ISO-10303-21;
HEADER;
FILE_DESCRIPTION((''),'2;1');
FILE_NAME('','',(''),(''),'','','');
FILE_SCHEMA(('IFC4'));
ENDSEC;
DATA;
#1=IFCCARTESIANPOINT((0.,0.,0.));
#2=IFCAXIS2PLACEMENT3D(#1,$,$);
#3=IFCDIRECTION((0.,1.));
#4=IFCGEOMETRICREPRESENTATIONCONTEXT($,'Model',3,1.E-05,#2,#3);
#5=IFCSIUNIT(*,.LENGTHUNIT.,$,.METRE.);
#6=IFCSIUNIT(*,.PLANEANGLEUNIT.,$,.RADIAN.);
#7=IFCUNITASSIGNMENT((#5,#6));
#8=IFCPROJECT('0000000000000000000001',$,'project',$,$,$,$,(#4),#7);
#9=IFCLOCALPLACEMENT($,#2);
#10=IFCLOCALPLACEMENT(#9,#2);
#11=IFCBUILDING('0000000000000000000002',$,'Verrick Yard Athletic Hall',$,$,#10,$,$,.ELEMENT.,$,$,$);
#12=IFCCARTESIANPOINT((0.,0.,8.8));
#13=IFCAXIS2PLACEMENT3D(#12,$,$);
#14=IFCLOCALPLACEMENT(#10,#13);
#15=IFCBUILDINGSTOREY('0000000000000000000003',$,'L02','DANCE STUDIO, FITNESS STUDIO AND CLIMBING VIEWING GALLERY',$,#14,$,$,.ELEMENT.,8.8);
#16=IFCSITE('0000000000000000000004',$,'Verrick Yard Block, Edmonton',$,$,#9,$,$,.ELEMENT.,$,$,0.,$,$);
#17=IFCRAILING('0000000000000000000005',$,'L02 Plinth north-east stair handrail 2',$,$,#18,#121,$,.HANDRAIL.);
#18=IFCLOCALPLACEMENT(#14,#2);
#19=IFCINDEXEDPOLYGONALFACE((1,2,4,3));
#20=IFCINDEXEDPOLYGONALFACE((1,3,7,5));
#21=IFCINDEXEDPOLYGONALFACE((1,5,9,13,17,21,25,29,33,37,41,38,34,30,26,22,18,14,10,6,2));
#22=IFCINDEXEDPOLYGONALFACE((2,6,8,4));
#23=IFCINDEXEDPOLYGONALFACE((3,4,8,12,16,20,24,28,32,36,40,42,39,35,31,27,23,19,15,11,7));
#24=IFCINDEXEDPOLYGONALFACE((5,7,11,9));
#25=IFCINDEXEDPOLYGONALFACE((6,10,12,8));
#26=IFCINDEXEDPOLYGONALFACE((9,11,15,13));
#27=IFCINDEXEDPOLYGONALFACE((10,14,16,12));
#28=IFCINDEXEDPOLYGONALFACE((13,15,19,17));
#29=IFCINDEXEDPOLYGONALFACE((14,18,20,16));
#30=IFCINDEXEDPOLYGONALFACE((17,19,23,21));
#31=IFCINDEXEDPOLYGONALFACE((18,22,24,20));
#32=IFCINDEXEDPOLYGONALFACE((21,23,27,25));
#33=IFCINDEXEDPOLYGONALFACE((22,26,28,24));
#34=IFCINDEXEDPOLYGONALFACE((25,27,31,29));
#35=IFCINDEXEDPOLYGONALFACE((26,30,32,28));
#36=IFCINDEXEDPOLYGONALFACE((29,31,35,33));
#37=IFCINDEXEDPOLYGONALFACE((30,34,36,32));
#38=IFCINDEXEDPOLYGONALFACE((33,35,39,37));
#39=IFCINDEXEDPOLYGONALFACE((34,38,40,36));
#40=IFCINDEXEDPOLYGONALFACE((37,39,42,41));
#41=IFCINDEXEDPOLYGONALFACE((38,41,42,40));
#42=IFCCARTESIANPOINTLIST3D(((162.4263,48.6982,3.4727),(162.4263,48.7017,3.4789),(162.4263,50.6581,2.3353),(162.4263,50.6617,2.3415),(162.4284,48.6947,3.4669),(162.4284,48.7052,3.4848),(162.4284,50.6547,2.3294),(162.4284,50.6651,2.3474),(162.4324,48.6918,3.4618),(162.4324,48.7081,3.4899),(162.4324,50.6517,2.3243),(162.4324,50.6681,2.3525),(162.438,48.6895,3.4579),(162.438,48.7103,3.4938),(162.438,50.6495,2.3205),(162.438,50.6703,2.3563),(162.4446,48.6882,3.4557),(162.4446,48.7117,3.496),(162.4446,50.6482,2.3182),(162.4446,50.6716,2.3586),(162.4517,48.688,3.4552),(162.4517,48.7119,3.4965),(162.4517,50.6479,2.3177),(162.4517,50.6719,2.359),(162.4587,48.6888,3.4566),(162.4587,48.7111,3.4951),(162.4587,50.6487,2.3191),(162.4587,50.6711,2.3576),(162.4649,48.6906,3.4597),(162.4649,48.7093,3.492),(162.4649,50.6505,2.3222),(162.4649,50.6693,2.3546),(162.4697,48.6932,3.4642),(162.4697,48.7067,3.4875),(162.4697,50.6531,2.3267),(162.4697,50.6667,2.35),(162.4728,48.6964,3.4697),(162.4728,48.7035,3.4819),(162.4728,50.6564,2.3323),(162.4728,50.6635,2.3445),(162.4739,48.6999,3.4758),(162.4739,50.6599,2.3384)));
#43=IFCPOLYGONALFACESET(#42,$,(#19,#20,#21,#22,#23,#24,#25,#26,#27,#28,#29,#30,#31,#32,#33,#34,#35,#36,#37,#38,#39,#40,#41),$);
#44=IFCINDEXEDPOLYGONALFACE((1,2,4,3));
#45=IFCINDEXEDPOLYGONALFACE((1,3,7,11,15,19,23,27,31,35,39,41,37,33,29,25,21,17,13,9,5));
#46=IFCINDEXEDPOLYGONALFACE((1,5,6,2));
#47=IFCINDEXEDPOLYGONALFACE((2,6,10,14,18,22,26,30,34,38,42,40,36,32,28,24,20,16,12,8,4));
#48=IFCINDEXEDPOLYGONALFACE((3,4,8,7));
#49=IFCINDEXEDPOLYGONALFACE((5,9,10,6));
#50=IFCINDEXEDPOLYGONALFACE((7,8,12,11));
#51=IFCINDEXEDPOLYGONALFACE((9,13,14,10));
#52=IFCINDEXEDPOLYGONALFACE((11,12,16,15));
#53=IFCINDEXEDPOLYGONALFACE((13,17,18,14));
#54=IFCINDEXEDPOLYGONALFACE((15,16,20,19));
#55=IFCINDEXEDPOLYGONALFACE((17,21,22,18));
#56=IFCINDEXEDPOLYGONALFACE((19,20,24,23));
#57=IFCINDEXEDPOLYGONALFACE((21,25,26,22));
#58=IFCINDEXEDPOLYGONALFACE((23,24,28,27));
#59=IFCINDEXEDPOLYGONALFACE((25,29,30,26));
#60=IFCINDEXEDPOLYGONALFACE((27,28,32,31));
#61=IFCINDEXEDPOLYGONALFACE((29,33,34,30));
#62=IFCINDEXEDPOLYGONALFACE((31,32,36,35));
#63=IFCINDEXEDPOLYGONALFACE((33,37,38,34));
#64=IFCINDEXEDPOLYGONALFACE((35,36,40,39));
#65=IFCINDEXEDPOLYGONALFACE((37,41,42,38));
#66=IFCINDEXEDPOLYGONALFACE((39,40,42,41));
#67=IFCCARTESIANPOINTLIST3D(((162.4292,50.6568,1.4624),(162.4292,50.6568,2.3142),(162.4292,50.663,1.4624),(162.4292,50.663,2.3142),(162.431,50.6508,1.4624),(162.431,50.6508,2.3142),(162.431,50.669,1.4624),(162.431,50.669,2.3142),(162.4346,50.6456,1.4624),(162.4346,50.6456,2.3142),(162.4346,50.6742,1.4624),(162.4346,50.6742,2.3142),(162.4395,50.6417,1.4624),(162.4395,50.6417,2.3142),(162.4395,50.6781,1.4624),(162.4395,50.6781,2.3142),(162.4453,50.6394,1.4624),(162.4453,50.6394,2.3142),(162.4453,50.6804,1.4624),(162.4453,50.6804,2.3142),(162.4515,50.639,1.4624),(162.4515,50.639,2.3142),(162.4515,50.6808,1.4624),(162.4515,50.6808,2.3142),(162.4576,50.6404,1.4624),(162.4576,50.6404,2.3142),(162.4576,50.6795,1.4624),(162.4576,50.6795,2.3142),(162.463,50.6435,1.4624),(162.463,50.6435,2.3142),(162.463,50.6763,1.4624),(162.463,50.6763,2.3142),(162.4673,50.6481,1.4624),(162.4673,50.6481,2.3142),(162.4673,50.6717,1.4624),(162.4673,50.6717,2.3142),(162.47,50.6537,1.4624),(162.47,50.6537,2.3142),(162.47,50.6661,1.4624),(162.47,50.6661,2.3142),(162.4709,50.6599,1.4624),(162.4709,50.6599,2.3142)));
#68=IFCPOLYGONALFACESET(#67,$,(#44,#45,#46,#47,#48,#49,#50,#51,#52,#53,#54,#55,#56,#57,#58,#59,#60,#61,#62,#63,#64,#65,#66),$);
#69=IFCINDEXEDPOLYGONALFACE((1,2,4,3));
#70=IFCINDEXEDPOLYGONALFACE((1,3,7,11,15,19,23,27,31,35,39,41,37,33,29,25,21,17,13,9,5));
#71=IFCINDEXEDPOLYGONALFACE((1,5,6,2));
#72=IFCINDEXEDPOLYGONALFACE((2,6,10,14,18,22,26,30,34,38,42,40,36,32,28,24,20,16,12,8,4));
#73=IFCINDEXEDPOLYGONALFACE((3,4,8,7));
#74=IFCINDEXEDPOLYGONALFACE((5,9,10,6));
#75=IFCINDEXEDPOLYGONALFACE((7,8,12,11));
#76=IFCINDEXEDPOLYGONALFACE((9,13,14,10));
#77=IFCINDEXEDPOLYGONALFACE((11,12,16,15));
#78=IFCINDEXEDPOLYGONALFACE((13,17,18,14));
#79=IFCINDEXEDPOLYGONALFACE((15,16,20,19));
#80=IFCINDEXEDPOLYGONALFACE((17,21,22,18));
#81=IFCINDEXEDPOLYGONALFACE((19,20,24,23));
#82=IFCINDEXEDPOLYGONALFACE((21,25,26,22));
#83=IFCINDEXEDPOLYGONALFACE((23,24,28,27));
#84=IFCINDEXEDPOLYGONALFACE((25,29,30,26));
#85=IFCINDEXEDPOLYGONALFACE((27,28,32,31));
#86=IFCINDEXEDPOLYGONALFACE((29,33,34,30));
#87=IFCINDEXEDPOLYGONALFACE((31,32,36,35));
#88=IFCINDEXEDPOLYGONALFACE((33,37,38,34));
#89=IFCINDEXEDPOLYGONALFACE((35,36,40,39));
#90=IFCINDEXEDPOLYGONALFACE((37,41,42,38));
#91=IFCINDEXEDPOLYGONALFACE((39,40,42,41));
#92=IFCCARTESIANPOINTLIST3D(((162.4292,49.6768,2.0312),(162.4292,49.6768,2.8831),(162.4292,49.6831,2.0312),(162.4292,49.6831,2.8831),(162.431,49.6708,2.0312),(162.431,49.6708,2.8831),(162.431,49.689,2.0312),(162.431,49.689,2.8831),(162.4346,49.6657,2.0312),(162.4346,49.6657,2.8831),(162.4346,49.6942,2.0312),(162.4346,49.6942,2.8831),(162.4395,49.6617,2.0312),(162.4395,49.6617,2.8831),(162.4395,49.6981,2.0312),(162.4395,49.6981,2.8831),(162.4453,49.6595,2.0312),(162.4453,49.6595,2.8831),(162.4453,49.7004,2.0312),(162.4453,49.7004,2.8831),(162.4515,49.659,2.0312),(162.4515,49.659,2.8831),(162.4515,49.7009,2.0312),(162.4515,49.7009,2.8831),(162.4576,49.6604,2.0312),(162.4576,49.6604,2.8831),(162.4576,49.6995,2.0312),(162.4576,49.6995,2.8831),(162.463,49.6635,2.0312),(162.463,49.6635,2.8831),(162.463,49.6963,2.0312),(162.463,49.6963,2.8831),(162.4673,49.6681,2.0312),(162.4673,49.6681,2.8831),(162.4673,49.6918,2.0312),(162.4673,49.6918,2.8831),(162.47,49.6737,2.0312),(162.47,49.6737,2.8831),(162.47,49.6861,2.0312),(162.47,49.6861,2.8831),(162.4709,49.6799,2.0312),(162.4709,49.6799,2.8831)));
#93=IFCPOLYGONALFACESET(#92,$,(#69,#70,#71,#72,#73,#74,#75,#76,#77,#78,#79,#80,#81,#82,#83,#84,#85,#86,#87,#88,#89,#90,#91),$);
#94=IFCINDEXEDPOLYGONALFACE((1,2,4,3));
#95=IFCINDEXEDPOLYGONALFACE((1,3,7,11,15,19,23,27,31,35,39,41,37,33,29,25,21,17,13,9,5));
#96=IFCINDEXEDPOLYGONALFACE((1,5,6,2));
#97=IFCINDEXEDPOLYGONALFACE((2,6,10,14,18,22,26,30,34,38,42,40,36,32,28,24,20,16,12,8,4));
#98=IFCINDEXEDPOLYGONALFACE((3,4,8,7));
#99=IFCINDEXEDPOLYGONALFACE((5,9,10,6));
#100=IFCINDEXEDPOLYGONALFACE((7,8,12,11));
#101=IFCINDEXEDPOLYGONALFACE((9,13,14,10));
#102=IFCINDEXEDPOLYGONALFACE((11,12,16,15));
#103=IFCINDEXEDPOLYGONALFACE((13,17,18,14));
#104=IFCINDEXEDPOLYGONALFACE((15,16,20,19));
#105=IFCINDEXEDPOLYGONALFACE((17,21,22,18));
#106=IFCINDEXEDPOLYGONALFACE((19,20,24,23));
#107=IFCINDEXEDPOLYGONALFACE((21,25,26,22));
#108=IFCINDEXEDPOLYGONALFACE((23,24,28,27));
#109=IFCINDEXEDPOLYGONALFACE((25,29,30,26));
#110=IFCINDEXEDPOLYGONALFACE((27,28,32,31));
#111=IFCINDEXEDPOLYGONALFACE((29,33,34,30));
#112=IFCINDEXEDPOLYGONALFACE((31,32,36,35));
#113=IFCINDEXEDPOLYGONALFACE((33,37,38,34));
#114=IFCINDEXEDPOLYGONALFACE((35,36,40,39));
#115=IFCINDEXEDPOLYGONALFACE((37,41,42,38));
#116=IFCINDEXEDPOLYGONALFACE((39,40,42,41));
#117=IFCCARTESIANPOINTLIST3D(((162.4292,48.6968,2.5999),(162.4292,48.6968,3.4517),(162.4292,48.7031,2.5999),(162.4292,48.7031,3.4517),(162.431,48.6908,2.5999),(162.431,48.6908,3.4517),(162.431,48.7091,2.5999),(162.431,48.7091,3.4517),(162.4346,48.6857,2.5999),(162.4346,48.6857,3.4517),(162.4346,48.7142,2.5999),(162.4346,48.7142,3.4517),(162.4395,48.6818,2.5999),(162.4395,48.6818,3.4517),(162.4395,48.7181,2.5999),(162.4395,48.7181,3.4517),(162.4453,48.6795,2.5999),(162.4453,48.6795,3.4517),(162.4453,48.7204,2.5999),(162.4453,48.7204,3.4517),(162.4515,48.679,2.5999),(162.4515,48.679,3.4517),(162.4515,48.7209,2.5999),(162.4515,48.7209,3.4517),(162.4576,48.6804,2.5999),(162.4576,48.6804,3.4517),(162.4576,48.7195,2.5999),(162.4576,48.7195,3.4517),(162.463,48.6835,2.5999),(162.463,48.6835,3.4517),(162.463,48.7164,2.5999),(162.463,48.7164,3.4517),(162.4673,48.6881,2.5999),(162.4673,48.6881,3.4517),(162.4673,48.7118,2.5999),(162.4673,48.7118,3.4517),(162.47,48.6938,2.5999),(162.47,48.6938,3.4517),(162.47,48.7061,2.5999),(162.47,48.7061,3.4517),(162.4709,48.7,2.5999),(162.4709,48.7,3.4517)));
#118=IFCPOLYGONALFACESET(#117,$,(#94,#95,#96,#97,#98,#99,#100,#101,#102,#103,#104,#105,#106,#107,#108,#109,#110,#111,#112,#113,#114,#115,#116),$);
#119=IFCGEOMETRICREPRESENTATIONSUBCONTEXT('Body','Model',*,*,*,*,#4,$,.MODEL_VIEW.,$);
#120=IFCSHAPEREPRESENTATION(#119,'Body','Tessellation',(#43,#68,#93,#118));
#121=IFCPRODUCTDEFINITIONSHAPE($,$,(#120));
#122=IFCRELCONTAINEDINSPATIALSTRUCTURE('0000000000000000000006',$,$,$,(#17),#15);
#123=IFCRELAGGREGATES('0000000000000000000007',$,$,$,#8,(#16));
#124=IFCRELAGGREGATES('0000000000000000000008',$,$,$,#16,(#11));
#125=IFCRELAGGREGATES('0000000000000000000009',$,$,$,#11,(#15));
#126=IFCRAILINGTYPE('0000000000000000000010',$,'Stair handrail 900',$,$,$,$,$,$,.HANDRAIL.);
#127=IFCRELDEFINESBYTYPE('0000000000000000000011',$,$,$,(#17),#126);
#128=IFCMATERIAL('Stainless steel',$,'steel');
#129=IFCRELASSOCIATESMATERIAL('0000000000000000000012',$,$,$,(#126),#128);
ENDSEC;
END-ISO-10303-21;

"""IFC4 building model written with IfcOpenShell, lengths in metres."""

from ifc_helpers import new_model, si_unit, direction, frame, origin, origin_2d, place, context, subcontext, project, spatial, circle, extrude, material, type_object, element, save


model = new_model("IFC4")

# Units and contexts
model_context = context("Model", 3, precision=1e-05, world=origin(), true_north=direction((0.0, 1.0)))
body_context = subcontext(model_context, "Body", "Model", "MODEL_VIEW")
ifc_project = project(units=[si_unit("LENGTHUNIT", "METRE"), si_unit("PLANEANGLEUNIT", "RADIAN")], contexts=[model_context])

# Site, building, storey
site_placement = place(None, origin())
site = spatial("IfcSite", under=ifc_project, at=site_placement, Name="Verrick Yard Block, Edmonton", CompositionType="ELEMENT", RefElevation=0.0)
building_placement = place(site_placement, origin())
building = spatial("IfcBuilding", under=site, at=building_placement, Name="Verrick Yard Athletic Hall", CompositionType="ELEMENT")
storey_placement = place(building_placement, frame((0.0, 0.0, 8.8)))
storey = spatial("IfcBuildingStorey", under=building, at=storey_placement, Name="L02", Description="DANCE STUDIO, FITNESS STUDIO AND CLIMBING VIEWING GALLERY", CompositionType="ELEMENT", Elevation=8.8)

# Railing
ifc_material_1 = material(Name="Stainless steel", Category="steel")
railing_type_1 = type_object("IfcRailingType", Name="Stair handrail 900", PredefinedType="HANDRAIL", material=ifc_material_1)
railing_1_placement = place(storey_placement, frame((162.45, 50.6599, 1.4624)))
element("IfcRailing", 1, at=railing_1_placement, inside=storey, type_object=railing_type_1, Name="L02 Plinth north-east stair handrail 2", PredefinedType="HANDRAIL", context=body_context, shape_type="SweptSolid", body=[
    extrude(circle(Radius=0.0239, at=origin_2d()), frame((0.0, 0.0, 0.876), z_axis=(0.0, -0.864902, 0.501941), x_axis=(1.0, 0.0, 0.0)), (0.0, 0.0, 1.0), 2.2661),
    extrude(circle(Radius=0.021, at=origin_2d()), origin(), (0.0, 0.0, 1.0), 0.8518),
    extrude(circle(Radius=0.021, at=origin_2d()), frame((0.0, -0.98, 0.5688)), (0.0, 0.0, 1.0), 0.8518),
    extrude(circle(Radius=0.021, at=origin_2d()), frame((0.0, -1.96, 1.1375)), (0.0, 0.0, 1.0), 0.8518),
])

save(model, "model.ifc")
